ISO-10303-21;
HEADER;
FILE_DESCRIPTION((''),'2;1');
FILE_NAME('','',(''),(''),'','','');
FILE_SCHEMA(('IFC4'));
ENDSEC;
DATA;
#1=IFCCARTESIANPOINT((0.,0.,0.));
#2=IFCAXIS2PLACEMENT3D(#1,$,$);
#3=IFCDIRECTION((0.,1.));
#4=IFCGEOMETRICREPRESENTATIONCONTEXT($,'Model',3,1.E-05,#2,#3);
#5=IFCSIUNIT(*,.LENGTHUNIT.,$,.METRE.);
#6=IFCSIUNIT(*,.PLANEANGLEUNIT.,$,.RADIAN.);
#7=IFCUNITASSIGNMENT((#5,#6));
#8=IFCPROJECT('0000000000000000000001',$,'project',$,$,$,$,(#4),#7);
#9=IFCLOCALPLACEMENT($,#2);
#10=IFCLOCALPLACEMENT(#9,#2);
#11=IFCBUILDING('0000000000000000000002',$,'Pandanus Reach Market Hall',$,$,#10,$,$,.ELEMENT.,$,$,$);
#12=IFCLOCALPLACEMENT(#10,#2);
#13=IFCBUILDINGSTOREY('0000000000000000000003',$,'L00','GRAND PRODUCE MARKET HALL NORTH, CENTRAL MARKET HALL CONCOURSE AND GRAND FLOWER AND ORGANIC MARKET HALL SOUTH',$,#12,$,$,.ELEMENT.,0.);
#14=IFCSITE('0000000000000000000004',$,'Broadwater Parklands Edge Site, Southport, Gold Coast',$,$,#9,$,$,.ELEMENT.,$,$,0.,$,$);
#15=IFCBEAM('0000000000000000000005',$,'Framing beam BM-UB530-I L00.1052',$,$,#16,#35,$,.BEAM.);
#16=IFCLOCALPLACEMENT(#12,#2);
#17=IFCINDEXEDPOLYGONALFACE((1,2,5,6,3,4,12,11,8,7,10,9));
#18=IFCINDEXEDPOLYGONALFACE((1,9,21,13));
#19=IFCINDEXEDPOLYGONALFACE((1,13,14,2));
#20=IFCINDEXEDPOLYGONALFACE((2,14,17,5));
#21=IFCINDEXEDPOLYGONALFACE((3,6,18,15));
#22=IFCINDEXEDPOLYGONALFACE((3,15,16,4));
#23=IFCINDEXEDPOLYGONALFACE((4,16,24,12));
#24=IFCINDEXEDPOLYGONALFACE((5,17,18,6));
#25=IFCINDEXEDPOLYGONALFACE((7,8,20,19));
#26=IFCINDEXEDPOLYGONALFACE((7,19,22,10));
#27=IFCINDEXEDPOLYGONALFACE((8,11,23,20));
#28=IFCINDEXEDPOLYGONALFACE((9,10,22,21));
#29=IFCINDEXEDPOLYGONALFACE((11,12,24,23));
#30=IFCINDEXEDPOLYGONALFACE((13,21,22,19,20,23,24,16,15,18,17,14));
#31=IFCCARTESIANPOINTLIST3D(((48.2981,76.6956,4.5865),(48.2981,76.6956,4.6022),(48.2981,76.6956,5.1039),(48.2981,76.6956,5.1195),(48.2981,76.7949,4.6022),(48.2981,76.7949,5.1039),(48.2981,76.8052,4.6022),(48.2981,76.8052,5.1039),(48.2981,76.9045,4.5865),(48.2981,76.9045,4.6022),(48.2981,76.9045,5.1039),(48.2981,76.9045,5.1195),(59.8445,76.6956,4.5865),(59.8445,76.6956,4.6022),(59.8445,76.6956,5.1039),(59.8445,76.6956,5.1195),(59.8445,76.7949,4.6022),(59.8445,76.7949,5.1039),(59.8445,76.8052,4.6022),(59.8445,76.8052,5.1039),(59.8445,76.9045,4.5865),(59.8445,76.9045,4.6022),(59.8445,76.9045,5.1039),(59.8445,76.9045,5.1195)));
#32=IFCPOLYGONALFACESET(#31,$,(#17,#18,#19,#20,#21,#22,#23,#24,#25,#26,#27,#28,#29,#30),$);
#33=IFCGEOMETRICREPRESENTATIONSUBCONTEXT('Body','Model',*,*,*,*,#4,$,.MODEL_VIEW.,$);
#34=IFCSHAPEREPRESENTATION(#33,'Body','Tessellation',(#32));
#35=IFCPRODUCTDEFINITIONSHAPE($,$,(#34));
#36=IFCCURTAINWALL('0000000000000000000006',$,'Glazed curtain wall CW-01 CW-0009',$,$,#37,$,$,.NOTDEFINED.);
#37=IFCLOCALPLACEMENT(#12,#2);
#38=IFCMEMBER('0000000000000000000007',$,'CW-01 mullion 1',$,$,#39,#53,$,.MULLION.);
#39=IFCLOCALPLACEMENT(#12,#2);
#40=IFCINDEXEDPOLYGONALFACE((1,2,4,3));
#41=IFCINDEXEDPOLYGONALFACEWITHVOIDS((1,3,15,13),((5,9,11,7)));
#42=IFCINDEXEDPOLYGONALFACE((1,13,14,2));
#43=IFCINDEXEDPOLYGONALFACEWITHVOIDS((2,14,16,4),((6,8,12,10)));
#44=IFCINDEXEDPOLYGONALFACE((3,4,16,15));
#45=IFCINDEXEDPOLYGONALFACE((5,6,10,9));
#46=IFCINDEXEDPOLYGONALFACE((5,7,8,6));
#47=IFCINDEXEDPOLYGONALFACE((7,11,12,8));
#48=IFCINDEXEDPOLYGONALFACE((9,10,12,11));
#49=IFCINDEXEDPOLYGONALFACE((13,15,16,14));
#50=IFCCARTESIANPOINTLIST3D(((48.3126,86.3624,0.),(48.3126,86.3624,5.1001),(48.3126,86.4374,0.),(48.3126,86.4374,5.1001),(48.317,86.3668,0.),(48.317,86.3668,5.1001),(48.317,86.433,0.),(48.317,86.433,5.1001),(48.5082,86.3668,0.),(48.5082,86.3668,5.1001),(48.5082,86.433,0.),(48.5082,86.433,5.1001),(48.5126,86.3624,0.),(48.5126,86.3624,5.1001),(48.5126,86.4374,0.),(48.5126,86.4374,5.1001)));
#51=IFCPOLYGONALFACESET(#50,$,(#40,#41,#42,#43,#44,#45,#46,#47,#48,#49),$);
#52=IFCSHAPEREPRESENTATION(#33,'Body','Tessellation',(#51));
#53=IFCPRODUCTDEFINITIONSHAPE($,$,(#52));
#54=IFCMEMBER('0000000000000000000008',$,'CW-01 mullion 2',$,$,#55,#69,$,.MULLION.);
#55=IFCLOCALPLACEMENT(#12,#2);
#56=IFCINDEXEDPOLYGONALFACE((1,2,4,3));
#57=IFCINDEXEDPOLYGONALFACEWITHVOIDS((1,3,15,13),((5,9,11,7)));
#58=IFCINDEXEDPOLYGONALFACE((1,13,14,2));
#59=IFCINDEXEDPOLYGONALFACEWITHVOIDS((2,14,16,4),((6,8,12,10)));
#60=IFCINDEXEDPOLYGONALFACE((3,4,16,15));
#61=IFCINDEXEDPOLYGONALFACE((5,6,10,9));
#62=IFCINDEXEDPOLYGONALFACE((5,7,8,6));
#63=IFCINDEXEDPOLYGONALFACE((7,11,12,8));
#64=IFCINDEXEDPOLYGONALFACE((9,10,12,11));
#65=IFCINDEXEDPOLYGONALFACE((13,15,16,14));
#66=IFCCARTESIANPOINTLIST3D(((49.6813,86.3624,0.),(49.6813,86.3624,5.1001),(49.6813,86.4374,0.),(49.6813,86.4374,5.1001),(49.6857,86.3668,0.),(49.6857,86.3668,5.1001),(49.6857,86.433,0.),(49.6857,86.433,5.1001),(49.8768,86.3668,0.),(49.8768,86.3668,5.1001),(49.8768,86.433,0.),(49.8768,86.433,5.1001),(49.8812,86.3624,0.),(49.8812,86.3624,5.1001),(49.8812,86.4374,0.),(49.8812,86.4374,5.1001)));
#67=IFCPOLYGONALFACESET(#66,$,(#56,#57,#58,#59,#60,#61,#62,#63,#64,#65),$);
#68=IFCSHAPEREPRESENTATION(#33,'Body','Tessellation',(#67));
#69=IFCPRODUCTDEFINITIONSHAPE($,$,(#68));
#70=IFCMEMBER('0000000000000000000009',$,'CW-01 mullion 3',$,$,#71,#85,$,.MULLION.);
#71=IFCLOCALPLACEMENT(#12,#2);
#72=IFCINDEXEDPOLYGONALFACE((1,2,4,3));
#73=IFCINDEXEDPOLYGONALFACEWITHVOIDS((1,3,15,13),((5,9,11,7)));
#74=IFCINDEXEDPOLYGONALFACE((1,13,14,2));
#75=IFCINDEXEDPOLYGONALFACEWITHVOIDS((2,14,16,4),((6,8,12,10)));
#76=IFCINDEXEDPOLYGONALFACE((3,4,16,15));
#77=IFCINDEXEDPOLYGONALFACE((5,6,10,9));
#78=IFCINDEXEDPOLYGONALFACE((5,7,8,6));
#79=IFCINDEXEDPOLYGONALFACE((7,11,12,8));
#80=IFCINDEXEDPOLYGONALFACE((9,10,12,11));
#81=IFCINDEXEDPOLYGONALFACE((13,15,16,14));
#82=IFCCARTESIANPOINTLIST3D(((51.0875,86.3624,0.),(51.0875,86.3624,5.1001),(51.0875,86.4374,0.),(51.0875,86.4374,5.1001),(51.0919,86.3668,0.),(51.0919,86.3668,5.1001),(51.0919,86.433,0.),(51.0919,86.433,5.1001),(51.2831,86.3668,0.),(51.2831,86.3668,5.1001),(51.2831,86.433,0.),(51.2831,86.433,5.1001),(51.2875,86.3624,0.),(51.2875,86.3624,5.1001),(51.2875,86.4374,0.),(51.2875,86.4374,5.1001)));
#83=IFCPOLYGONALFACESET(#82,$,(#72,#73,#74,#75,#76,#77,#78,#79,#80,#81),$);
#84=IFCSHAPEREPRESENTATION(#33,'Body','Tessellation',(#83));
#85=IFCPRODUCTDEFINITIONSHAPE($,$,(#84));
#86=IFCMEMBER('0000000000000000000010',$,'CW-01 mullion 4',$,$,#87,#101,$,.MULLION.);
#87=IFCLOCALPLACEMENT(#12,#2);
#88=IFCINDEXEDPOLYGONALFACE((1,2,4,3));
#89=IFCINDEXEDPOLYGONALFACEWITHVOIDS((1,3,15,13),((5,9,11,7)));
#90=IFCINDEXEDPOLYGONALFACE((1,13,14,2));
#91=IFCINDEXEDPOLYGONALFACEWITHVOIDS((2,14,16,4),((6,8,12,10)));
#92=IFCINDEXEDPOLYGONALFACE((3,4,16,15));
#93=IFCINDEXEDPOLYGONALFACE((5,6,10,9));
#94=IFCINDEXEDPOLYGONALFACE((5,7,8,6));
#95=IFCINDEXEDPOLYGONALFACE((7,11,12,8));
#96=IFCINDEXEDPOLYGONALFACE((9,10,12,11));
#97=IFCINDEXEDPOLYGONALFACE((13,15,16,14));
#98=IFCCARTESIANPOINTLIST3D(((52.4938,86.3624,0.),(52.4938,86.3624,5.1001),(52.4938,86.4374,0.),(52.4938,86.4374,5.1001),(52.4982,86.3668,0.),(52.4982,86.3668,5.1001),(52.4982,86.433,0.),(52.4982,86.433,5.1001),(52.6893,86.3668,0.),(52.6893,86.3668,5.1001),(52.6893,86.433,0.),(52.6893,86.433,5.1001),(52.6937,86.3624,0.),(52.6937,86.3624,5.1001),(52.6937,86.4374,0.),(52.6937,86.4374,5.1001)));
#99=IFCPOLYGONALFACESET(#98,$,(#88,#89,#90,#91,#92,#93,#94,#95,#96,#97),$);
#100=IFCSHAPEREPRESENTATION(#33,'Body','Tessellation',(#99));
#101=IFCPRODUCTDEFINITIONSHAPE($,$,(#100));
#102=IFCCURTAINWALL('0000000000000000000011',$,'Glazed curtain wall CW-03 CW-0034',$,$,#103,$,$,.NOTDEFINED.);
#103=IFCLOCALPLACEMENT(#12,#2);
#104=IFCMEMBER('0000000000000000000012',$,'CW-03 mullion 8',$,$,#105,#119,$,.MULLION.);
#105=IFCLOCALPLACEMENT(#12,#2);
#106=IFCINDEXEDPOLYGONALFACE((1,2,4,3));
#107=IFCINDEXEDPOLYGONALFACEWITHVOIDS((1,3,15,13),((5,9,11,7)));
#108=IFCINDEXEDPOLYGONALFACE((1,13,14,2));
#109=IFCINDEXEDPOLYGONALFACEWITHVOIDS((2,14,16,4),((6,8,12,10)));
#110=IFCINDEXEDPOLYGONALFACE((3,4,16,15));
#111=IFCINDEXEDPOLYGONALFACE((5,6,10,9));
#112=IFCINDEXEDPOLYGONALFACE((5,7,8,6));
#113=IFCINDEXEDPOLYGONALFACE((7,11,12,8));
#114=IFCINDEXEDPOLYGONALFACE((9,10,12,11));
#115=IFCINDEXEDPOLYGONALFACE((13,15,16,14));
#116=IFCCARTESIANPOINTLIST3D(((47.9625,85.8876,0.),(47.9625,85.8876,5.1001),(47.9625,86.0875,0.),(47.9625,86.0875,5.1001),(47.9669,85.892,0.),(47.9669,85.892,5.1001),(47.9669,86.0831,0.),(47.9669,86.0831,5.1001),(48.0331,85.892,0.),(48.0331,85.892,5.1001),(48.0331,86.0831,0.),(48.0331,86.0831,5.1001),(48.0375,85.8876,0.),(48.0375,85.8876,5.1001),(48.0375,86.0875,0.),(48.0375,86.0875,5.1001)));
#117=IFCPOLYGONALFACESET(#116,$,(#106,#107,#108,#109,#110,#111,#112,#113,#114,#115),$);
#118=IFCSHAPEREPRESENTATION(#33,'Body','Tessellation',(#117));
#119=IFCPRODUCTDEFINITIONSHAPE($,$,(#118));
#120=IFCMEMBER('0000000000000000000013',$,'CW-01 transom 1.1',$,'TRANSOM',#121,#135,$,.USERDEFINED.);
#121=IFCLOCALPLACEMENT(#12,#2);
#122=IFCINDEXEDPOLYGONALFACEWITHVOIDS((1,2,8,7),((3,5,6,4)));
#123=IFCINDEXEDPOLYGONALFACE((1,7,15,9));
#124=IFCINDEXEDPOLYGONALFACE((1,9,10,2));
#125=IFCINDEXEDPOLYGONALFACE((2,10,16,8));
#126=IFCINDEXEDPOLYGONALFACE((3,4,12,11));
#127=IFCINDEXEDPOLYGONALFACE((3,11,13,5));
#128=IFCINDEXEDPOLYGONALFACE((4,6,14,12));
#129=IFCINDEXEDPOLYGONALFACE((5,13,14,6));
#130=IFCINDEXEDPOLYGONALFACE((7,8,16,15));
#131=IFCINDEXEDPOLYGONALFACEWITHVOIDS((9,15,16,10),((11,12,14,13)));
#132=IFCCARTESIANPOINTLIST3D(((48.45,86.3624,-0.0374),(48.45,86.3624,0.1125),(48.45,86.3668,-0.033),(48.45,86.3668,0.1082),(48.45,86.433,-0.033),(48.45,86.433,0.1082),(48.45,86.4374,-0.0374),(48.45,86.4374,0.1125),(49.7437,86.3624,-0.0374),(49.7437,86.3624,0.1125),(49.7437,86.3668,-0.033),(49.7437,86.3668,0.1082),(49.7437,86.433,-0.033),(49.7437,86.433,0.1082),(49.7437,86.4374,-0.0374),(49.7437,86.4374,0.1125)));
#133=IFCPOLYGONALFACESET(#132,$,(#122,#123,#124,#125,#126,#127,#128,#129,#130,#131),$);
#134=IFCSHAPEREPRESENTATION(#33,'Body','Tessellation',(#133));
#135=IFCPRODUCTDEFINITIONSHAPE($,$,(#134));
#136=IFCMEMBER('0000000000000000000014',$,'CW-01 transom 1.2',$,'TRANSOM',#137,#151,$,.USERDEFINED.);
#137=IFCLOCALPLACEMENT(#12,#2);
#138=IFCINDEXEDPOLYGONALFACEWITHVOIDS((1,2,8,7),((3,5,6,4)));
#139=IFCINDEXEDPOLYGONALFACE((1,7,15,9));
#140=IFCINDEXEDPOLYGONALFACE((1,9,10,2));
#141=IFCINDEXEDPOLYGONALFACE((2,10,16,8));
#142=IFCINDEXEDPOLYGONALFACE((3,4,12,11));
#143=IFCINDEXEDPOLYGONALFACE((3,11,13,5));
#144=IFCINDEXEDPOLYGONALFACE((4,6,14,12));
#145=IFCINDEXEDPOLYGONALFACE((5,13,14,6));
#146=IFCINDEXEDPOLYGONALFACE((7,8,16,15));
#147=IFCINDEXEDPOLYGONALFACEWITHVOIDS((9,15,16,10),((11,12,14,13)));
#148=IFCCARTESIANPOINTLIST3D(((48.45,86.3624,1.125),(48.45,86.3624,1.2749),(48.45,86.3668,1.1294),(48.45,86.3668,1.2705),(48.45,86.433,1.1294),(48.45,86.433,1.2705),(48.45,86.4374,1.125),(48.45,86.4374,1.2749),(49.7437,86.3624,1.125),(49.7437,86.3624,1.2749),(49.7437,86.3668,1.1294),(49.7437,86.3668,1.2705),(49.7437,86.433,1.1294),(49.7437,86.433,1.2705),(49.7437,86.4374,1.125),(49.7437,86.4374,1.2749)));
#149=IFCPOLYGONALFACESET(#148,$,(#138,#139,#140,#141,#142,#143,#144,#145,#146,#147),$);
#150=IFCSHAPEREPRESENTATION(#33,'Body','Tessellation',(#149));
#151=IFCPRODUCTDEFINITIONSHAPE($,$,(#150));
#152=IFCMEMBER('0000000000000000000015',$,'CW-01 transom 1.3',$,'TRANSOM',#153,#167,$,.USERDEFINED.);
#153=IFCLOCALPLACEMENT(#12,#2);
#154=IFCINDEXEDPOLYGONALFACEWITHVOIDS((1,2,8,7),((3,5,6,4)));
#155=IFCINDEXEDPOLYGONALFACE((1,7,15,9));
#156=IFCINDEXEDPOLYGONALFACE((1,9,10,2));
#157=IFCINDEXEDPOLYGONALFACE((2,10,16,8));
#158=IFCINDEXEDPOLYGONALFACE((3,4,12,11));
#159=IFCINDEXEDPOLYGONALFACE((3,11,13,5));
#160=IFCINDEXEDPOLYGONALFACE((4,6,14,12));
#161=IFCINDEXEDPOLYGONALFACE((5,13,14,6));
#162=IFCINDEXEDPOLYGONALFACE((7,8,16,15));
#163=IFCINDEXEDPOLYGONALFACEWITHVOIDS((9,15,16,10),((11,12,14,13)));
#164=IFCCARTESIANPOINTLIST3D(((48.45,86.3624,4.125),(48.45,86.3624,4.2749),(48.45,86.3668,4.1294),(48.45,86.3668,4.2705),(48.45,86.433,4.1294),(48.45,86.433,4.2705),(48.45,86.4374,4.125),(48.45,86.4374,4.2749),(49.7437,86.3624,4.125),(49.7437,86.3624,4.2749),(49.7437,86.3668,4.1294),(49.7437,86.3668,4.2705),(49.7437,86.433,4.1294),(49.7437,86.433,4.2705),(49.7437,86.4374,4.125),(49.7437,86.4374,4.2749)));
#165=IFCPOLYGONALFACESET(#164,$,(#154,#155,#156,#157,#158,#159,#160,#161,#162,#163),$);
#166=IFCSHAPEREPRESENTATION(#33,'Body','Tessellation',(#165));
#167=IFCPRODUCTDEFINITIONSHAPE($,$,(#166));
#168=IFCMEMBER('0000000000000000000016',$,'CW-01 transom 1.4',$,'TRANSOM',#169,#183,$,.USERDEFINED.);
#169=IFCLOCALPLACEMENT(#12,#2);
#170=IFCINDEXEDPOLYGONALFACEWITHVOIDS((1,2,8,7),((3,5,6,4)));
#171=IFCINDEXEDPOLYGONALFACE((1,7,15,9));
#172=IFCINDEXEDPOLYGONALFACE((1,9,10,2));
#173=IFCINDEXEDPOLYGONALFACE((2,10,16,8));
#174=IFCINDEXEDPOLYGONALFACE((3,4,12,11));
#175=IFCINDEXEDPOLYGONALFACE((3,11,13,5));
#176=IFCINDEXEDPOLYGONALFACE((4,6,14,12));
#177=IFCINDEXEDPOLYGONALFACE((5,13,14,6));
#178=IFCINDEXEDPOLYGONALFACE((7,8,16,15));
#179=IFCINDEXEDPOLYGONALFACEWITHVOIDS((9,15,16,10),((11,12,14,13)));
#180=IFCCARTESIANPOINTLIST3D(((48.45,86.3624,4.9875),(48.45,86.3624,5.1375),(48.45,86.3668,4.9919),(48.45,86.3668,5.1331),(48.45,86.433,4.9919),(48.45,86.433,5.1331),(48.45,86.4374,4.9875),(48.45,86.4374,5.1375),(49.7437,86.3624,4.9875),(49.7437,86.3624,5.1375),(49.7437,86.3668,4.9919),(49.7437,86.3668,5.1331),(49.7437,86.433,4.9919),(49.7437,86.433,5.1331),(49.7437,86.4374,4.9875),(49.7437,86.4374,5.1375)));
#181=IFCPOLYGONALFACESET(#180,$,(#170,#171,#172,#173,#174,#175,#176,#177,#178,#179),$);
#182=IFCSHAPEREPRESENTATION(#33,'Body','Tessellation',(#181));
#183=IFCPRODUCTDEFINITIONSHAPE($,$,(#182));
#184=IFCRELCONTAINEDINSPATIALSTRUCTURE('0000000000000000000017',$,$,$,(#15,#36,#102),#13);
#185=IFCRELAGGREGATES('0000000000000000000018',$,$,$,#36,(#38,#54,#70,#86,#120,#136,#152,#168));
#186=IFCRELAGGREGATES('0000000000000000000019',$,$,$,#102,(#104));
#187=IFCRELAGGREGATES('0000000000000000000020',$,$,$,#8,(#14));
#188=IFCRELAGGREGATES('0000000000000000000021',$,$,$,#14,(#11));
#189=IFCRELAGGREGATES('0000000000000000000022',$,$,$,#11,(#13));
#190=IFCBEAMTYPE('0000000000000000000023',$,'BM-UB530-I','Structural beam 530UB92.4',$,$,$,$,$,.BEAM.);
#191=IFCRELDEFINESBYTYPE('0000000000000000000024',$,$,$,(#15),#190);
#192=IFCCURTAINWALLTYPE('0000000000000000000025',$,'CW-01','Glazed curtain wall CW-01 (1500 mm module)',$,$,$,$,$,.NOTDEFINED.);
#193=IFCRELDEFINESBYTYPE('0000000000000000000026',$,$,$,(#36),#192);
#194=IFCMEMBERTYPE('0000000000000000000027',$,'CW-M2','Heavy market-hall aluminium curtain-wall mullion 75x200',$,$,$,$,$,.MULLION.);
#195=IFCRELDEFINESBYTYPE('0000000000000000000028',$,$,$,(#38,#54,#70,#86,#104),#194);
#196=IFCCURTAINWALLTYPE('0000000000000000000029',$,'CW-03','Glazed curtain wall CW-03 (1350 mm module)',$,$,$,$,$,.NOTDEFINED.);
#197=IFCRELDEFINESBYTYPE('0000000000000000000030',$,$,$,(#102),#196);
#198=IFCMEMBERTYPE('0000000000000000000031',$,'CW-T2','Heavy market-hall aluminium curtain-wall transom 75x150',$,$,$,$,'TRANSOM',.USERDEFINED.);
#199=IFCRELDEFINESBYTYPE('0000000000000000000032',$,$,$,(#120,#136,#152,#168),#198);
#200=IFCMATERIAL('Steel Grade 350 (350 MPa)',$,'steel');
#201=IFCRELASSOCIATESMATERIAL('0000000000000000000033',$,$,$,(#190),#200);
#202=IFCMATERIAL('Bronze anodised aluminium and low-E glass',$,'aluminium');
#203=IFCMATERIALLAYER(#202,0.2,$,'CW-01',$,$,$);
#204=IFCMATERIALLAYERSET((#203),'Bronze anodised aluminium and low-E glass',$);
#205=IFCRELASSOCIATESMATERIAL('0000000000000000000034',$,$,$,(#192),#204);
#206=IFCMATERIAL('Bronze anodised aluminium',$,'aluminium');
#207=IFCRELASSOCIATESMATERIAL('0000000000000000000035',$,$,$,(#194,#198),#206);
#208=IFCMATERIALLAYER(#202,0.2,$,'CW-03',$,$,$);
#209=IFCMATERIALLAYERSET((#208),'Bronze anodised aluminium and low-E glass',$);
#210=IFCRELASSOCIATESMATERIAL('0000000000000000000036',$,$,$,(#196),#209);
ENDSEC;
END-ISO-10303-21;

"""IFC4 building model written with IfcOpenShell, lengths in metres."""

from ifc_helpers import new_model, si_unit, direction, frame, origin, origin_2d, place, context, subcontext, project, spatial, hollow_rectangle, i_section, extrude, material, layer, layer_set, material_profile, profile_set, type_object, element, aggregate, save


model = new_model("IFC4")

# Units and contexts
model_context = context("Model", 3, precision=1e-05, world=origin(), true_north=direction((0.0, 1.0)))
body_context = subcontext(model_context, "Body", "Model", "MODEL_VIEW")
ifc_project = project(units=[si_unit("LENGTHUNIT", "METRE"), si_unit("PLANEANGLEUNIT", "RADIAN")], contexts=[model_context])

# Site, building, storey
site_placement = place(None, origin())
site = spatial("IfcSite", under=ifc_project, at=site_placement, Name="Broadwater Parklands Edge Site, Southport, Gold Coast", CompositionType="ELEMENT", RefElevation=0.0)
building_placement = place(site_placement, origin())
building = spatial("IfcBuilding", under=site, at=building_placement, Name="Pandanus Reach Market Hall", CompositionType="ELEMENT")
storey_placement = place(building_placement, origin())
storey = spatial("IfcBuildingStorey", under=building, at=storey_placement, Name="L00", Description="GRAND PRODUCE MARKET HALL NORTH, CENTRAL MARKET HALL CONCOURSE AND GRAND FLOWER AND ORGANIC MARKET HALL SOUTH", CompositionType="ELEMENT", Elevation=0.0)

# Beam
ifc_material_1 = material(Name="Steel Grade 350 (350 MPa)", Category="steel")
ifc_material_profile_1 = material_profile(ifc_material_1, i_section(OverallWidth=0.209, OverallDepth=0.533, WebThickness=0.0103, FlangeThickness=0.0156, at=origin_2d()), Name="530UB92.4", Category="LoadBearing")
ifc_profile_set_1 = profile_set([ifc_material_profile_1], Name="Steel Grade 350 (350 MPa)")
beam_type_1 = type_object("IfcBeamType", Name="BM-UB530-I", Description="Structural beam 530UB92.4", PredefinedType="BEAM", material=ifc_profile_set_1)
beam_1_placement = place(storey_placement, frame((48.2981, 76.8, 4.853), z_axis=(1.0, 0.0, 0.0), x_axis=(0.0, 1.0, 0.0)))
element("IfcBeam", 1, at=beam_1_placement, inside=storey, type_object=beam_type_1, Name="Framing beam BM-UB530-I L00.1052", PredefinedType="BEAM", context=body_context, shape_type="SweptSolid", body=[
    extrude(i_section(OverallWidth=0.209, OverallDepth=0.533, WebThickness=0.0103, FlangeThickness=0.0156, at=origin_2d()), origin(), (0.0, 0.0, 1.0), 11.5464),
])

# Curtain wall, members
ifc_material_2 = material(Name="Bronze anodised aluminium and low-E glass", Category="aluminium")
ifc_layer_1 = layer(ifc_material_2, 0.2, Name="CW-01")
ifc_layer_set_1 = layer_set([ifc_layer_1], Name="Bronze anodised aluminium and low-E glass")
curtain_wall_type_1 = type_object("IfcCurtainWallType", Name="CW-01", Description="Glazed curtain wall CW-01 (1500 mm module)", PredefinedType="NOTDEFINED", material=ifc_layer_set_1)
curtain_wall_1_placement = place(storey_placement, origin())
curtain_wall_1 = element("IfcCurtainWall", 2, at=curtain_wall_1_placement, inside=storey, type_object=curtain_wall_type_1, Name="Glazed curtain wall CW-01 CW-0009", PredefinedType="NOTDEFINED")
ifc_material_3 = material(Name="Bronze anodised aluminium", Category="aluminium")
ifc_material_profile_2 = material_profile(ifc_material_3, hollow_rectangle(XDim=0.075, YDim=0.2, WallThickness=0.0044, at=origin_2d()), Name="ALU75x200", Category="LoadBearing")
ifc_profile_set_2 = profile_set([ifc_material_profile_2], Name="Bronze anodised aluminium")
member_type_1 = type_object("IfcMemberType", Name="CW-M2", Description="Heavy market-hall aluminium curtain-wall mullion 75x200", PredefinedType="MULLION", material=ifc_profile_set_2)
member_1_placement = place(storey_placement, frame((48.4126, 86.3999, 0.0), z_axis=(0.0, 0.0, 1.0), x_axis=(0.0, 1.0, 0.0)))
member_1 = element("IfcMember", 3, at=member_1_placement, type_object=member_type_1, Name="CW-01 mullion 1", PredefinedType="MULLION", context=body_context, shape_type="SweptSolid", body=[
    extrude(hollow_rectangle(XDim=0.075, YDim=0.2, WallThickness=0.0044, at=origin_2d()), origin(), (0.0, 0.0, 1.0), 5.1001),
])
member_2_placement = place(storey_placement, frame((49.7812, 86.3999, 0.0), z_axis=(0.0, 0.0, 1.0), x_axis=(0.0, 1.0, 0.0)))
member_2 = element("IfcMember", 4, at=member_2_placement, type_object=member_type_1, Name="CW-01 mullion 2", PredefinedType="MULLION", context=body_context, shape_type="SweptSolid", body=[
    extrude(hollow_rectangle(XDim=0.075, YDim=0.2, WallThickness=0.0044, at=origin_2d()), origin(), (0.0, 0.0, 1.0), 5.1001),
])
member_3_placement = place(storey_placement, frame((51.1875, 86.3999, 0.0), z_axis=(0.0, 0.0, 1.0), x_axis=(0.0, 1.0, 0.0)))
member_3 = element("IfcMember", 5, at=member_3_placement, type_object=member_type_1, Name="CW-01 mullion 3", PredefinedType="MULLION", context=body_context, shape_type="SweptSolid", body=[
    extrude(hollow_rectangle(XDim=0.075, YDim=0.2, WallThickness=0.0044, at=origin_2d()), origin(), (0.0, 0.0, 1.0), 5.1001),
])
member_4_placement = place(storey_placement, frame((52.5938, 86.3999, 0.0), z_axis=(0.0, 0.0, 1.0), x_axis=(0.0, 1.0, 0.0)))
member_4 = element("IfcMember", 6, at=member_4_placement, type_object=member_type_1, Name="CW-01 mullion 4", PredefinedType="MULLION", context=body_context, shape_type="SweptSolid", body=[
    extrude(hollow_rectangle(XDim=0.075, YDim=0.2, WallThickness=0.0044, at=origin_2d()), origin(), (0.0, 0.0, 1.0), 5.1001),
])

# Curtain wall, member
ifc_layer_2 = layer(ifc_material_2, 0.2, Name="CW-03")
ifc_layer_set_2 = layer_set([ifc_layer_2], Name="Bronze anodised aluminium and low-E glass")
curtain_wall_type_2 = type_object("IfcCurtainWallType", Name="CW-03", Description="Glazed curtain wall CW-03 (1350 mm module)", PredefinedType="NOTDEFINED", material=ifc_layer_set_2)
curtain_wall_2_placement = place(storey_placement, origin())
curtain_wall_2 = element("IfcCurtainWall", 7, at=curtain_wall_2_placement, inside=storey, type_object=curtain_wall_type_2, Name="Glazed curtain wall CW-03 CW-0034", PredefinedType="NOTDEFINED")
member_5_placement = place(storey_placement, frame((48.0, 85.9875, 0.0), z_axis=(0.0, 0.0, 1.0), x_axis=(-1.0, 0.0, 0.0)))
member_5 = element("IfcMember", 8, at=member_5_placement, type_object=member_type_1, Name="CW-03 mullion 8", PredefinedType="MULLION", context=body_context, shape_type="SweptSolid", body=[
    extrude(hollow_rectangle(XDim=0.075, YDim=0.2, WallThickness=0.0044, at=origin_2d()), origin(), (0.0, 0.0, 1.0), 5.1001),
])

# Members
ifc_material_profile_3 = material_profile(ifc_material_3, hollow_rectangle(XDim=0.075, YDim=0.1499, WallThickness=0.0044, at=origin_2d()), Name="ALU75x150", Category="LoadBearing")
ifc_profile_set_3 = profile_set([ifc_material_profile_3], Name="Bronze anodised aluminium")
member_type_2 = type_object("IfcMemberType", Name="CW-T2", Description="Heavy market-hall aluminium curtain-wall transom 75x150", ElementType="TRANSOM", PredefinedType="USERDEFINED", material=ifc_profile_set_3)
member_6_placement = place(storey_placement, frame((48.45, 86.3999, 0.0376), z_axis=(1.0, 0.0, 0.0), x_axis=(0.0, 1.0, 0.0)))
member_6 = element("IfcMember", 9, at=member_6_placement, type_object=member_type_2, Name="CW-01 transom 1.1", ObjectType="TRANSOM", PredefinedType="USERDEFINED", context=body_context, shape_type="SweptSolid", body=[
    extrude(hollow_rectangle(XDim=0.075, YDim=0.1499, WallThickness=0.0044, at=origin_2d()), origin(), (0.0, 0.0, 1.0), 1.2937),
])
member_7_placement = place(storey_placement, frame((48.45, 86.3999, 1.2), z_axis=(1.0, 0.0, 0.0), x_axis=(0.0, 1.0, 0.0)))
member_7 = element("IfcMember", 10, at=member_7_placement, type_object=member_type_2, Name="CW-01 transom 1.2", ObjectType="TRANSOM", PredefinedType="USERDEFINED", context=body_context, shape_type="SweptSolid", body=[
    extrude(hollow_rectangle(XDim=0.075, YDim=0.1499, WallThickness=0.0044, at=origin_2d()), origin(), (0.0, 0.0, 1.0), 1.2937),
])
member_8_placement = place(storey_placement, frame((48.45, 86.3999, 4.2), z_axis=(1.0, 0.0, 0.0), x_axis=(0.0, 1.0, 0.0)))
member_8 = element("IfcMember", 11, at=member_8_placement, type_object=member_type_2, Name="CW-01 transom 1.3", ObjectType="TRANSOM", PredefinedType="USERDEFINED", context=body_context, shape_type="SweptSolid", body=[
    extrude(hollow_rectangle(XDim=0.075, YDim=0.1499, WallThickness=0.0044, at=origin_2d()), origin(), (0.0, 0.0, 1.0), 1.2937),
])
member_9_placement = place(storey_placement, frame((48.45, 86.3999, 5.0625), z_axis=(1.0, 0.0, 0.0), x_axis=(0.0, 1.0, 0.0)))
member_9 = element("IfcMember", 12, at=member_9_placement, type_object=member_type_2, Name="CW-01 transom 1.4", ObjectType="TRANSOM", PredefinedType="USERDEFINED", context=body_context, shape_type="SweptSolid", body=[
    extrude(hollow_rectangle(XDim=0.075, YDim=0.1499, WallThickness=0.0044, at=origin_2d()), origin(), (0.0, 0.0, 1.0), 1.2937),
])

aggregate(curtain_wall_1, [member_1, member_2, member_3, member_4, member_6, member_7, member_8, member_9])
aggregate(curtain_wall_2, [member_5])

save(model, "model.ifc")
